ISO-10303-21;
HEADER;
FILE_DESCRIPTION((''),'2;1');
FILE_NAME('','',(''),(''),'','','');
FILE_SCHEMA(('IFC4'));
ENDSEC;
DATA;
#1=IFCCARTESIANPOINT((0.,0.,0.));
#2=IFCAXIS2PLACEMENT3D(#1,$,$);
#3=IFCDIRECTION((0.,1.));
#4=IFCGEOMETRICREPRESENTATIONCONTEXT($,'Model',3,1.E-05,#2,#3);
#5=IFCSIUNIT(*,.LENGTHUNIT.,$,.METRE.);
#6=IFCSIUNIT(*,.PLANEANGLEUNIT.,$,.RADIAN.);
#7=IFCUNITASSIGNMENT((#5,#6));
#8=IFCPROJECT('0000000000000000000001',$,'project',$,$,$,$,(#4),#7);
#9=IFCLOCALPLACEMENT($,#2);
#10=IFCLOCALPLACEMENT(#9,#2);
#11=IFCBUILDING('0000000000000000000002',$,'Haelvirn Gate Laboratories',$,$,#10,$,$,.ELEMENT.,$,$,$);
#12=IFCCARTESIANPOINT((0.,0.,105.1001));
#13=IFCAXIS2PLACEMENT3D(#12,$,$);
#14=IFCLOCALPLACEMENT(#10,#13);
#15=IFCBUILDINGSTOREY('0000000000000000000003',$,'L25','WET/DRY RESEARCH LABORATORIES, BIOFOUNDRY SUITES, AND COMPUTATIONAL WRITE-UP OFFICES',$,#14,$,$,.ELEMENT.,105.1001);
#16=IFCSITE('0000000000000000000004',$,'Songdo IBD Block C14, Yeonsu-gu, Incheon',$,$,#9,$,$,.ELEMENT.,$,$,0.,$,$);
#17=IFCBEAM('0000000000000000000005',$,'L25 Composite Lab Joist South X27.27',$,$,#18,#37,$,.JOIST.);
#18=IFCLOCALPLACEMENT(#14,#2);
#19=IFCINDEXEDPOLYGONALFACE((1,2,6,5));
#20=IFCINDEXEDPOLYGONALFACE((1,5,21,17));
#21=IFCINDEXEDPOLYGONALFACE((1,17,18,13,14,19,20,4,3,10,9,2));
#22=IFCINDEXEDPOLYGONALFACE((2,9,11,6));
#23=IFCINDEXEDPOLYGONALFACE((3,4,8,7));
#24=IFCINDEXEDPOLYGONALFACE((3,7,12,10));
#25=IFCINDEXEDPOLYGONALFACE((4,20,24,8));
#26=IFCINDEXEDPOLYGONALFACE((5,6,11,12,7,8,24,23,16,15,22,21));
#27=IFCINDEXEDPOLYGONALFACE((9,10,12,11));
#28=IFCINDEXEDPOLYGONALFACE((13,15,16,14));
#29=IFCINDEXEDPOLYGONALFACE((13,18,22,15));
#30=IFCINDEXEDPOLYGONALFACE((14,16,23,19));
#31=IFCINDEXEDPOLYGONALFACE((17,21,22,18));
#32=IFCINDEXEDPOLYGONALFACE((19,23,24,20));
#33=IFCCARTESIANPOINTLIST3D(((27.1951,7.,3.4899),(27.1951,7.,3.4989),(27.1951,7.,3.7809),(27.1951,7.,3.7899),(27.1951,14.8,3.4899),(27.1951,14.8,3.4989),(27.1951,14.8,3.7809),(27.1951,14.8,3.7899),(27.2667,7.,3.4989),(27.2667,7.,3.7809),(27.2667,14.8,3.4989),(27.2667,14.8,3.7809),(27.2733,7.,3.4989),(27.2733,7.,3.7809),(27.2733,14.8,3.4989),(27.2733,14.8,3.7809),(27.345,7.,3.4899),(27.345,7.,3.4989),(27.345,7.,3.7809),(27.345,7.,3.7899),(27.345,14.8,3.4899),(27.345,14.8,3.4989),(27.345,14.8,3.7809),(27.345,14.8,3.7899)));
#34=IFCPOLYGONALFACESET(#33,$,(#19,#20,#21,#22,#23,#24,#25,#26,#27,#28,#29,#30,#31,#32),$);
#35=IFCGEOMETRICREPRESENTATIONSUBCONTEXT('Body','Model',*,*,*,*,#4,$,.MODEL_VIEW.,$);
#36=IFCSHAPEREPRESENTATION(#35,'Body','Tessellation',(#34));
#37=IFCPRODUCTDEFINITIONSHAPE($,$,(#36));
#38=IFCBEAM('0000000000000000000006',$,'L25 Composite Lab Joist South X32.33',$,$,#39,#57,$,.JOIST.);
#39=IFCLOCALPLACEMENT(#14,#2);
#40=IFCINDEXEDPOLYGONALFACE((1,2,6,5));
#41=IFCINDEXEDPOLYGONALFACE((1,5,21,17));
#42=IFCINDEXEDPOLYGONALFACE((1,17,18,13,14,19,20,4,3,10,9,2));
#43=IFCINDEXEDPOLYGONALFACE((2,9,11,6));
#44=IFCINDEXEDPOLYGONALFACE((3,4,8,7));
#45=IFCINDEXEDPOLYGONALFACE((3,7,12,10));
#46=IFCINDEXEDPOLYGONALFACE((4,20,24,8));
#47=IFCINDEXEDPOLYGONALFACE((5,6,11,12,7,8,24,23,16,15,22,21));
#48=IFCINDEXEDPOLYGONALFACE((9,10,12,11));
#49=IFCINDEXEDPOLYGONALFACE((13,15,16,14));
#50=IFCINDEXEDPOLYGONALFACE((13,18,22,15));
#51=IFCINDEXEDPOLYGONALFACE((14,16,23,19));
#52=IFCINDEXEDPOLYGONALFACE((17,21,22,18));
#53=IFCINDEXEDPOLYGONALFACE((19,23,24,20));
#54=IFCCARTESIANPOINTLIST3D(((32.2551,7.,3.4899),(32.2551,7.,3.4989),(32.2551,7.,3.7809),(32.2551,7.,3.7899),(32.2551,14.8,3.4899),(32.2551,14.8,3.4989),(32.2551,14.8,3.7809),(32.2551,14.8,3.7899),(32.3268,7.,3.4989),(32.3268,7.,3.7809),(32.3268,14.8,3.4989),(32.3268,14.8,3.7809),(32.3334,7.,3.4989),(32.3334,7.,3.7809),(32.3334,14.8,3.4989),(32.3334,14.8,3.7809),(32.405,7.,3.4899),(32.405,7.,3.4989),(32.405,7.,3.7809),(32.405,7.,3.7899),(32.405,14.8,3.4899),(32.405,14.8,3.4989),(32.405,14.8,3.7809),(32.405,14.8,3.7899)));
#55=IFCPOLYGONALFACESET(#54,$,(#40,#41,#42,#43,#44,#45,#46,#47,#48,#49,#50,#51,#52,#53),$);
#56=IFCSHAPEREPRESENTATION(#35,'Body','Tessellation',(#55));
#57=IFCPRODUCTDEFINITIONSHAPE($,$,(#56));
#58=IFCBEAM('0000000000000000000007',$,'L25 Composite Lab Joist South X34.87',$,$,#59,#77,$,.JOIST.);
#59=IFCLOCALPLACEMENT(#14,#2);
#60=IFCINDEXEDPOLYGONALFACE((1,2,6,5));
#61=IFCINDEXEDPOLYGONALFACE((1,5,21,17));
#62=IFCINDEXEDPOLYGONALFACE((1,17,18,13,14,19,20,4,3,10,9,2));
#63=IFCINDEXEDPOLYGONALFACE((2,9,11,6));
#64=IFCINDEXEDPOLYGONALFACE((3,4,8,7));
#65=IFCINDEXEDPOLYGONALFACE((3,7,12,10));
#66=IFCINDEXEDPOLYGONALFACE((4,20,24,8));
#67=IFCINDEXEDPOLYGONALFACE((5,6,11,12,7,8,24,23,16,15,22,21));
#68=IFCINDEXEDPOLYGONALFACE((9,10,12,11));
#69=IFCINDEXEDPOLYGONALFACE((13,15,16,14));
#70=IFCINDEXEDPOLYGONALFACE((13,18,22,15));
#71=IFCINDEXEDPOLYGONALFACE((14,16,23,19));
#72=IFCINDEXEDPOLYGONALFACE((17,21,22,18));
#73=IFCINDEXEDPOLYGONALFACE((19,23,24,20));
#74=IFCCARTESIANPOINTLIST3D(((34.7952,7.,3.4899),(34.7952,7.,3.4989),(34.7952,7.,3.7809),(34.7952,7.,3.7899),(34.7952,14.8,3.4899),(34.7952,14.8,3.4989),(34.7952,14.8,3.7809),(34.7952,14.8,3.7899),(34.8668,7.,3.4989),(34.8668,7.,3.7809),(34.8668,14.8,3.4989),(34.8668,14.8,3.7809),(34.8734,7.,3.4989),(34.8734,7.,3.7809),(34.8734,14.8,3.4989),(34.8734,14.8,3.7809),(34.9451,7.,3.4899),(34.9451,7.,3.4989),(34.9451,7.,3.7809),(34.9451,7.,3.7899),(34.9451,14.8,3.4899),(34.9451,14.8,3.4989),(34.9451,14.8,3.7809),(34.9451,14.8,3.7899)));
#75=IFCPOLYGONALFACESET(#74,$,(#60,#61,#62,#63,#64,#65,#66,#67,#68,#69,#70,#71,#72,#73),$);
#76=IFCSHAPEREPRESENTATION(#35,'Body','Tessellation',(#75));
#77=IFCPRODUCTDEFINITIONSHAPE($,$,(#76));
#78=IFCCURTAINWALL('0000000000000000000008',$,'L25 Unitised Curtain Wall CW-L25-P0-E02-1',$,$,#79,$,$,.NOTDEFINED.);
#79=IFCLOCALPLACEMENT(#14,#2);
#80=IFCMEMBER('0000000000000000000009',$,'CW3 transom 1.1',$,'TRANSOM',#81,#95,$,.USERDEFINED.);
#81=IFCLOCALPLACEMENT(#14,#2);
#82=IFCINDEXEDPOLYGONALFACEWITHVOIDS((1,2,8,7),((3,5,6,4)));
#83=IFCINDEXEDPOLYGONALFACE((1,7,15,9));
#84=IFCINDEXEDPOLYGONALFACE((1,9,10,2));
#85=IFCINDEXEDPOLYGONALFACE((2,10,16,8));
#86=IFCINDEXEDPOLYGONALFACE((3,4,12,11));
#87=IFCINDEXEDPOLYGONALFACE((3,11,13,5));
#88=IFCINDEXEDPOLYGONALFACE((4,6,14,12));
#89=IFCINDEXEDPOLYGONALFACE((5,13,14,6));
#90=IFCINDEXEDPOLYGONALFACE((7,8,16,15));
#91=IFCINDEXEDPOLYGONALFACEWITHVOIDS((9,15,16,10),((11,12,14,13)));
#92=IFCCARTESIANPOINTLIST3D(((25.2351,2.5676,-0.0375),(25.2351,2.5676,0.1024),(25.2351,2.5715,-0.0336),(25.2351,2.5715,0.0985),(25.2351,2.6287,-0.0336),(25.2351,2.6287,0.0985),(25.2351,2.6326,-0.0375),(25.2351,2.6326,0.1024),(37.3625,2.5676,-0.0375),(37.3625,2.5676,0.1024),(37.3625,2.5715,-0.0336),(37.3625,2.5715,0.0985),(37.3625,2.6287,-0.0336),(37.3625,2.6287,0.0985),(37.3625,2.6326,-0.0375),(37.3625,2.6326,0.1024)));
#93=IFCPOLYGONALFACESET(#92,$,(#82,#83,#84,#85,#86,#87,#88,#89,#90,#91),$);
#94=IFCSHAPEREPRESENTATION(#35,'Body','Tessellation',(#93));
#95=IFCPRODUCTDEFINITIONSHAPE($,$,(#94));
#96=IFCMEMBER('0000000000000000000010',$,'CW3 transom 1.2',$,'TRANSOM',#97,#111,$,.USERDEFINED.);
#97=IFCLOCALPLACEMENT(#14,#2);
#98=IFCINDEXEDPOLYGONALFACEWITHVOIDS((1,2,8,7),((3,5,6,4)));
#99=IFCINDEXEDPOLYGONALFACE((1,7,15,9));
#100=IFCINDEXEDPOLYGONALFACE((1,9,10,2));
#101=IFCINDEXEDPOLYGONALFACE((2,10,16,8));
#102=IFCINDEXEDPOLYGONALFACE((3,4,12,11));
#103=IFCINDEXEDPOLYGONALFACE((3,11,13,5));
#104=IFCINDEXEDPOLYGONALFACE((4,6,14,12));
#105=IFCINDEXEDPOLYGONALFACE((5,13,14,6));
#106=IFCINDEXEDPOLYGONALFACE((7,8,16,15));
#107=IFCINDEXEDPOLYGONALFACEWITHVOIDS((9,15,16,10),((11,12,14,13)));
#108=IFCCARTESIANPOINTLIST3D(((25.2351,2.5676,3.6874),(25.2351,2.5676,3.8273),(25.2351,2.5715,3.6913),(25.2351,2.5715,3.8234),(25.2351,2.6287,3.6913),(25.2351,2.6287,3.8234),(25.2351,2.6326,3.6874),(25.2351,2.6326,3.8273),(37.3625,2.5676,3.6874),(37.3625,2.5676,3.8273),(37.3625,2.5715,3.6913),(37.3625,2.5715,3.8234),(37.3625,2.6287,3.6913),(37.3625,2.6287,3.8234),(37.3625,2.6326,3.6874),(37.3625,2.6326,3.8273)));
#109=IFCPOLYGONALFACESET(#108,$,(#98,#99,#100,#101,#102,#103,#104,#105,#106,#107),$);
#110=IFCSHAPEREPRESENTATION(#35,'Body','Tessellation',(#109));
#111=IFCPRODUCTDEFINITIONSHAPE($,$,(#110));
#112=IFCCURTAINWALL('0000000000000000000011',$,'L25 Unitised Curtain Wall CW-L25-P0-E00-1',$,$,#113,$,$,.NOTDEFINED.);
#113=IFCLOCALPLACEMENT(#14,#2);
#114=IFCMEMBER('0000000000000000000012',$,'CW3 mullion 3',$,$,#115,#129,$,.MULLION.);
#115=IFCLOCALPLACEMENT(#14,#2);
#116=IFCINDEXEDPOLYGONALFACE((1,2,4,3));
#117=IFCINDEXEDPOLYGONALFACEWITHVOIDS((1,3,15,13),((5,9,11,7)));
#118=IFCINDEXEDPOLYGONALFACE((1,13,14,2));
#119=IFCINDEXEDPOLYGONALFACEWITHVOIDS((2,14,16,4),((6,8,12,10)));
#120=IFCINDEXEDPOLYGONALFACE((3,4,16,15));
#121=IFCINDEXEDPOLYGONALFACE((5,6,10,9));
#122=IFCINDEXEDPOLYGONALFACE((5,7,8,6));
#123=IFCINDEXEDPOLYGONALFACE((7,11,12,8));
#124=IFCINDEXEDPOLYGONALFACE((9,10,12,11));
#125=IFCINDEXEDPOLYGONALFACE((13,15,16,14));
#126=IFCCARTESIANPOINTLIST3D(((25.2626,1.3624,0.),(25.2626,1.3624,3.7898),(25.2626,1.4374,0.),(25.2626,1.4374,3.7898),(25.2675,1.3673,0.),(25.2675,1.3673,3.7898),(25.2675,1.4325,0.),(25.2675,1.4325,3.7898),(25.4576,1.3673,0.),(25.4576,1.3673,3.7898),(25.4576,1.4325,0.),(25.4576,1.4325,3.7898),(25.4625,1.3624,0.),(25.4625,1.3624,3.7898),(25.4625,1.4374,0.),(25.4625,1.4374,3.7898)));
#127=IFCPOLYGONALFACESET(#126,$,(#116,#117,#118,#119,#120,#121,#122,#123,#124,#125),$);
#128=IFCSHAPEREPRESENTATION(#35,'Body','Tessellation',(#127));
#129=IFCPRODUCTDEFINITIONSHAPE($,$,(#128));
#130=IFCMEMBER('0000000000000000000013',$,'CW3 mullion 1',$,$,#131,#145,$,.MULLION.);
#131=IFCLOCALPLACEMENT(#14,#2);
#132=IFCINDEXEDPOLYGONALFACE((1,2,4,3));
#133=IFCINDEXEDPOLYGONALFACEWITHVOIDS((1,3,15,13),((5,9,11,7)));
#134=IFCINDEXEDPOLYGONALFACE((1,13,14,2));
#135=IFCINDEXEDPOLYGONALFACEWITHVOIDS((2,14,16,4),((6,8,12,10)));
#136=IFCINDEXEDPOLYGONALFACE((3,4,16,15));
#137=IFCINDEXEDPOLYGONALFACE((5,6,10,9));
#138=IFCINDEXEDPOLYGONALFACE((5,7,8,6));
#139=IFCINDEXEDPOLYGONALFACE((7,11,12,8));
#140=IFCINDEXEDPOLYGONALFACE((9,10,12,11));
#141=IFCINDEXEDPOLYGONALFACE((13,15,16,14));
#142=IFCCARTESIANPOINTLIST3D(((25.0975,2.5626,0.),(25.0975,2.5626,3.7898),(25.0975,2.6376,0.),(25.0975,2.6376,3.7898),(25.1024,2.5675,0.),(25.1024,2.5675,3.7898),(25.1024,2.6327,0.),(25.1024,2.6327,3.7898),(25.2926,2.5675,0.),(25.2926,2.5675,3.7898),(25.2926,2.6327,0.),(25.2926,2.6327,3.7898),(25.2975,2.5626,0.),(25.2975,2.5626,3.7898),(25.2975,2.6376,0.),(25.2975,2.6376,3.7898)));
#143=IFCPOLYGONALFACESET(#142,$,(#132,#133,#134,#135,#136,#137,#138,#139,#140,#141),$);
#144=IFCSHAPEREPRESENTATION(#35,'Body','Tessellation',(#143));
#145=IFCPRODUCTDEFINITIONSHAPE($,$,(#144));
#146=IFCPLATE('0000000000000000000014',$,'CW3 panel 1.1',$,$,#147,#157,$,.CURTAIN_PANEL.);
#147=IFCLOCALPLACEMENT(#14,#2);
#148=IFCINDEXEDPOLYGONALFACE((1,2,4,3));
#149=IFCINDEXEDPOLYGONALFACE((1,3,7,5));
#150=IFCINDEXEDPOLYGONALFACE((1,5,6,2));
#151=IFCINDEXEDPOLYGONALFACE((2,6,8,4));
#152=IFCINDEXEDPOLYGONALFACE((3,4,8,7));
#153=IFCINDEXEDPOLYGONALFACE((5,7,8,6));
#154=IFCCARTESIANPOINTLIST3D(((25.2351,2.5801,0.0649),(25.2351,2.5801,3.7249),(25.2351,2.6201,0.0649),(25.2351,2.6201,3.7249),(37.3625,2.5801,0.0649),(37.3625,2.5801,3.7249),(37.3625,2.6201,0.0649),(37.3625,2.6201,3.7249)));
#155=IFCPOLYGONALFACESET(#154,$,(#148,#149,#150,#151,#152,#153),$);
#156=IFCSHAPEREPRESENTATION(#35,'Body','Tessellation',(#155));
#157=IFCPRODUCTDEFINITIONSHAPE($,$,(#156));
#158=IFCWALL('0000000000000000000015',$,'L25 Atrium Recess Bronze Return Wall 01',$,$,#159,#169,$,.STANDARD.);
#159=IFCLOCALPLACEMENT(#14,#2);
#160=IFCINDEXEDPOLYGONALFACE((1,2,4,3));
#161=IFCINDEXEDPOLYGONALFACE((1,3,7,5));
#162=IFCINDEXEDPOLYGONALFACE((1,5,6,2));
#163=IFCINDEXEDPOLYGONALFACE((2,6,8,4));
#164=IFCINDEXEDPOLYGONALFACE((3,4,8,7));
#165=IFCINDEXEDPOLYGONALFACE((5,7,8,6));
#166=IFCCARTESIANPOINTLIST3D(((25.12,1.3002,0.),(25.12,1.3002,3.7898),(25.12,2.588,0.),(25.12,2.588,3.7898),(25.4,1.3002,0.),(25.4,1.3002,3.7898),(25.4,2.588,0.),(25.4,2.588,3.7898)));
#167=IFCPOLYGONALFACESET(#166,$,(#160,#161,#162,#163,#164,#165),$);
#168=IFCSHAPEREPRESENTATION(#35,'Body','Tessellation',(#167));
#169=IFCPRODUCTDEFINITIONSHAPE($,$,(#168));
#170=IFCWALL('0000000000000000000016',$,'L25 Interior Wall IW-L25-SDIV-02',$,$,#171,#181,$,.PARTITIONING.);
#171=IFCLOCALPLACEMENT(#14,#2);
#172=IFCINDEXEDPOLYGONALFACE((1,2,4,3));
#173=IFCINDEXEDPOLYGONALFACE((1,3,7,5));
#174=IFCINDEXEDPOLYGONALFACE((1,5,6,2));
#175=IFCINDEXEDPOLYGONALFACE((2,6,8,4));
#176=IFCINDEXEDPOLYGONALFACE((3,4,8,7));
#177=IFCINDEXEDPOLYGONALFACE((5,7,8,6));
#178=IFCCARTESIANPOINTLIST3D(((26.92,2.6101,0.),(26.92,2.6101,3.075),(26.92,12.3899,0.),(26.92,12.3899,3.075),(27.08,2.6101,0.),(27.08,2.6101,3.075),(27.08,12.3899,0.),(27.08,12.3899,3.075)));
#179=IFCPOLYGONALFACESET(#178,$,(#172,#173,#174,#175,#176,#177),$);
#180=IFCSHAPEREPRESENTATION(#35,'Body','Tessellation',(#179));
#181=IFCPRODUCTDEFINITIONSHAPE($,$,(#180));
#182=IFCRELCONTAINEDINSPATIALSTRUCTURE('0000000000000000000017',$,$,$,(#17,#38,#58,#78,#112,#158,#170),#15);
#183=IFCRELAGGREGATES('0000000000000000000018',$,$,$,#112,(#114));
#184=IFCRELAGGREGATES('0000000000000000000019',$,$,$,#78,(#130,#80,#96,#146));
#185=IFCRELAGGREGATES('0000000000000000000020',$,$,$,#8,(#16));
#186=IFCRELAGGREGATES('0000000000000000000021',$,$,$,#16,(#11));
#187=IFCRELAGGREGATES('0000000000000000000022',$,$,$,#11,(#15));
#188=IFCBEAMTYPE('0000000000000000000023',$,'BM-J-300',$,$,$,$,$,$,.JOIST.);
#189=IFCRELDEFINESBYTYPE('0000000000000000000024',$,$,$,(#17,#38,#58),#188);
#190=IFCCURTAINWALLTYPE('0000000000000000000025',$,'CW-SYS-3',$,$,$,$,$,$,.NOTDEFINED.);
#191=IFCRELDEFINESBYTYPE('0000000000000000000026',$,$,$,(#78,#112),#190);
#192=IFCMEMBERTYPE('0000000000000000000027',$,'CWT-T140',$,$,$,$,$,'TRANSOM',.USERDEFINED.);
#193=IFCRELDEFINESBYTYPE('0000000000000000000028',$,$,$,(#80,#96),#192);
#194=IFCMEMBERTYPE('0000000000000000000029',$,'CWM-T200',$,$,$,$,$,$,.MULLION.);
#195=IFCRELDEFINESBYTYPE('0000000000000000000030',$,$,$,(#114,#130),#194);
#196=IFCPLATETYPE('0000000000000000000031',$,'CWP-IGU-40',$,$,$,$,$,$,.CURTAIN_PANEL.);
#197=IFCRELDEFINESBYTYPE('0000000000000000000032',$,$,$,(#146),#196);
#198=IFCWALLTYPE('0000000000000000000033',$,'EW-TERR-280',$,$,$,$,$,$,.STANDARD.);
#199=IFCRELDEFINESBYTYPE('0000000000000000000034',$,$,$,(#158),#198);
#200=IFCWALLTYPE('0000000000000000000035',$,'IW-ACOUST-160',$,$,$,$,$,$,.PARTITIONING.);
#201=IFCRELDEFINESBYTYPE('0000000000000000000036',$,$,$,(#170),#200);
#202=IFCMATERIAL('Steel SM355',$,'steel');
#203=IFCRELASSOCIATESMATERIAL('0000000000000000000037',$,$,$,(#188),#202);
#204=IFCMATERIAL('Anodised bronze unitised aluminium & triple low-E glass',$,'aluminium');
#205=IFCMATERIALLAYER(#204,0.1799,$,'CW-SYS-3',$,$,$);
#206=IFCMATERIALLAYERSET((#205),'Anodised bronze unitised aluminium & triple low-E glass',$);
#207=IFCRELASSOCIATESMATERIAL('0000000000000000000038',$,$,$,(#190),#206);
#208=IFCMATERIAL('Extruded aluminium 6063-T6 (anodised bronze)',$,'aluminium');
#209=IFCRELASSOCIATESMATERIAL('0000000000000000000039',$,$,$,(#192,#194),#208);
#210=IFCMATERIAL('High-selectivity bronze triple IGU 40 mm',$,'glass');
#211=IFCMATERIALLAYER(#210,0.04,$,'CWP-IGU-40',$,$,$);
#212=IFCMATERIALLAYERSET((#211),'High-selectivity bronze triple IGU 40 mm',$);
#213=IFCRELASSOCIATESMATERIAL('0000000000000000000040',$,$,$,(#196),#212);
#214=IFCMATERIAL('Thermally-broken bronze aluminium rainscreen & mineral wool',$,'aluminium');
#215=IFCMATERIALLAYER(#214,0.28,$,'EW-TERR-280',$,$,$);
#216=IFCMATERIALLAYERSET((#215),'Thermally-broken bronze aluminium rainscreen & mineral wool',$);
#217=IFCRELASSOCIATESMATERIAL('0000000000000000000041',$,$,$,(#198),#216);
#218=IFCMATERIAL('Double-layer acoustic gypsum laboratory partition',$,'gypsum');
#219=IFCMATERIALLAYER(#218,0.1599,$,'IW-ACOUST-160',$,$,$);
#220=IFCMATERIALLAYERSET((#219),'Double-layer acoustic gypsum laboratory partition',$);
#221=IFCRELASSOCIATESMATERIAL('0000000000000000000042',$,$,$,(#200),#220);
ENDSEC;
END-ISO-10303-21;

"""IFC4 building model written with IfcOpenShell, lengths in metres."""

from ifc_helpers import new_model, si_unit, direction, frame, frame_2d, origin, origin_2d, place, context, subcontext, project, spatial, rectangle, hollow_rectangle, i_section, extrude, source, transform, mapped, material, layer, layer_set, material_profile, profile_set, type_object, type_shapes, element, aggregate, save


model = new_model("IFC4")

# Units and contexts
model_context = context("Model", 3, precision=1e-05, world=origin(), true_north=direction((0.0, 1.0)))
body_context = subcontext(model_context, "Body", "Model", "MODEL_VIEW")
ifc_project = project(units=[si_unit("LENGTHUNIT", "METRE"), si_unit("PLANEANGLEUNIT", "RADIAN")], contexts=[model_context])

# Site, building, storey
site_placement = place(None, origin())
site = spatial("IfcSite", under=ifc_project, at=site_placement, Name="Songdo IBD Block C14, Yeonsu-gu, Incheon", CompositionType="ELEMENT", RefElevation=0.0)
building_placement = place(site_placement, origin())
building = spatial("IfcBuilding", under=site, at=building_placement, Name="Haelvirn Gate Laboratories", CompositionType="ELEMENT")
storey_placement = place(building_placement, frame((0.0, 0.0, 105.1001)))
storey = spatial("IfcBuildingStorey", under=building, at=storey_placement, Name="L25", Description="WET/DRY RESEARCH LABORATORIES, BIOFOUNDRY SUITES, AND COMPUTATIONAL WRITE-UP OFFICES", CompositionType="ELEMENT", Elevation=105.1001)

# Shared definitions
ifc_material_1 = material(Name="Steel SM355", Category="steel")

# Beams
ifc_material_profile_1 = material_profile(ifc_material_1, i_section(OverallWidth=0.1499, OverallDepth=0.3, WebThickness=0.0066, FlangeThickness=0.009, at=origin_2d()), Name="H-300x150x6.5x9")
ifc_profile_set_1 = profile_set([ifc_material_profile_1], Name="Steel SM355")
beam_type_1 = type_object("IfcBeamType", Name="BM-J-300", PredefinedType="JOIST", material=ifc_profile_set_1)
shared_shape_1 = source(origin(), body_context, "Body", "SweptSolid", [
    extrude(i_section(OverallWidth=0.1499, OverallDepth=0.3, WebThickness=0.0066, FlangeThickness=0.009, at=origin_2d()), origin(), (0.0, 0.0, 1.0), 7.8),
])
type_shapes(beam_type_1, [shared_shape_1])
for number, where, z_axis, x_axis, name in (
    (1, (27.27, 7.0, 3.6399), (0.0, 1.0, 0.0), (-1.0, 0.0, 0.0), "L25 Composite Lab Joist South X27.27"),
    (2, (32.3301, 7.0, 3.6399), (0.0, 1.0, 0.0), (-1.0, 0.0, 0.0), "L25 Composite Lab Joist South X32.33"),
    (3, (34.8701, 7.0, 3.6399), (0.0, 1.0, 0.0), (-1.0, 0.0, 0.0), "L25 Composite Lab Joist South X34.87"),
):
    element("IfcBeam", number, at=place(storey_placement, frame(where, z_axis=z_axis, x_axis=x_axis)), inside=storey, type_object=beam_type_1, Name=name, PredefinedType="JOIST", context=body_context, shape_type="MappedRepresentation", body=[
        mapped(shared_shape_1, transform((0.0, 0.0, 0.0), scale=1.0)),
    ])

# Curtain wall, members
ifc_material_2 = material(Name="Anodised bronze unitised aluminium & triple low-E glass", Category="aluminium")
ifc_layer_1 = layer(ifc_material_2, 0.1799, Name="CW-SYS-3")
ifc_layer_set_1 = layer_set([ifc_layer_1], Name="Anodised bronze unitised aluminium & triple low-E glass")
curtain_wall_type = type_object("IfcCurtainWallType", Name="CW-SYS-3", PredefinedType="NOTDEFINED", material=ifc_layer_set_1)
curtain_wall_1_placement = place(storey_placement, origin())
curtain_wall_1 = element("IfcCurtainWall", 4, at=curtain_wall_1_placement, inside=storey, type_object=curtain_wall_type, Name="L25 Unitised Curtain Wall CW-L25-P0-E02-1", PredefinedType="NOTDEFINED")
ifc_material_3 = material(Name="Extruded aluminium 6063-T6 (anodised bronze)", Category="aluminium")
ifc_material_profile_2 = material_profile(ifc_material_3, hollow_rectangle(XDim=0.0649, YDim=0.1399, WallThickness=0.0039, at=origin_2d()), Name="CWT-140x65x4")
ifc_profile_set_2 = profile_set([ifc_material_profile_2], Name="Extruded aluminium 6063-T6 (anodised bronze)")
member_type_1 = type_object("IfcMemberType", Name="CWT-T140", ElementType="TRANSOM", PredefinedType="USERDEFINED", material=ifc_profile_set_2)
shared_shape_2 = source(origin(), body_context, "Body", "SweptSolid", [
    extrude(hollow_rectangle(XDim=0.0649, YDim=0.1399, WallThickness=0.0039, at=origin_2d()), origin(), (0.0, 0.0, 1.0), 12.1274),
])
type_shapes(member_type_1, [shared_shape_2])
member_1_placement = place(storey_placement, frame((25.2351, 2.6001, 0.0325), z_axis=(1.0, 0.0, 0.0), x_axis=(0.0, 1.0, 0.0)))
member_1 = element("IfcMember", 5, at=member_1_placement, type_object=member_type_1, Name="CW3 transom 1.1", ObjectType="TRANSOM", PredefinedType="USERDEFINED", context=body_context, shape_type="MappedRepresentation", body=[
    mapped(shared_shape_2, transform((0.0, 0.0, 0.0), scale=1.0)),
])
member_2_placement = place(storey_placement, frame((25.2351, 2.6001, 3.7573), z_axis=(1.0, 0.0, 0.0), x_axis=(0.0, 1.0, 0.0)))
member_2 = element("IfcMember", 6, at=member_2_placement, type_object=member_type_1, Name="CW3 transom 1.2", ObjectType="TRANSOM", PredefinedType="USERDEFINED", context=body_context, shape_type="MappedRepresentation", body=[
    mapped(shared_shape_2, transform((0.0, 0.0, 0.0), scale=1.0)),
])

# Curtain wall, member
curtain_wall_2_placement = place(storey_placement, origin())
curtain_wall_2 = element("IfcCurtainWall", 7, at=curtain_wall_2_placement, inside=storey, type_object=curtain_wall_type, Name="L25 Unitised Curtain Wall CW-L25-P0-E00-1", PredefinedType="NOTDEFINED")
ifc_material_profile_3 = material_profile(ifc_material_3, hollow_rectangle(XDim=0.075, YDim=0.2, WallThickness=0.0049, at=origin_2d()), Name="CWM-200x75x5")
ifc_profile_set_3 = profile_set([ifc_material_profile_3], Name="Extruded aluminium 6063-T6 (anodised bronze)")
member_type_2 = type_object("IfcMemberType", Name="CWM-T200", PredefinedType="MULLION", material=ifc_profile_set_3)
shared_shape_3 = source(origin(), body_context, "Body", "SweptSolid", [
    extrude(hollow_rectangle(XDim=0.075, YDim=0.2, WallThickness=0.0049, at=origin_2d()), origin(), (0.0, 0.0, 1.0), 3.7898),
])
type_shapes(member_type_2, [shared_shape_3])
member_3_placement = place(storey_placement, frame((25.3625, 1.3999, 0.0), z_axis=(0.0, 0.0, 1.0), x_axis=(0.0, 1.0, 0.0)))
member_3 = element("IfcMember", 8, at=member_3_placement, type_object=member_type_2, Name="CW3 mullion 3", PredefinedType="MULLION", context=body_context, shape_type="MappedRepresentation", body=[
    mapped(shared_shape_3, transform((0.0, 0.0, 0.0), scale=1.0)),
])
aggregate(curtain_wall_2, [member_3])

# Member
member_4_placement = place(storey_placement, frame((25.1975, 2.6001, 0.0), z_axis=(0.0, 0.0, 1.0), x_axis=(0.0, 1.0, 0.0)))
member_4 = element("IfcMember", 9, at=member_4_placement, type_object=member_type_2, Name="CW3 mullion 1", PredefinedType="MULLION", context=body_context, shape_type="MappedRepresentation", body=[
    mapped(shared_shape_3, transform((0.0, 0.0, 0.0), scale=1.0)),
])

# Plate
ifc_material_4 = material(Name="High-selectivity bronze triple IGU 40 mm", Category="glass")
ifc_layer_2 = layer(ifc_material_4, 0.04, Name="CWP-IGU-40")
ifc_layer_set_2 = layer_set([ifc_layer_2], Name="High-selectivity bronze triple IGU 40 mm")
plate_type = type_object("IfcPlateType", Name="CWP-IGU-40", PredefinedType="CURTAIN_PANEL", material=ifc_layer_set_2)
shared_shape_4 = source(origin(), body_context, "Body", "SweptSolid", [
    extrude(rectangle(XDim=12.1274, YDim=0.04, at=origin_2d()), origin(), (0.0, 0.0, 1.0), 3.6599),
])
type_shapes(plate_type, [shared_shape_4])
plate_placement = place(storey_placement, frame((31.2988, 2.6001, 0.0649), z_axis=(0.0, 0.0, 1.0), x_axis=(1.0, 0.0, 0.0)))
plate = element("IfcPlate", 10, at=plate_placement, type_object=plate_type, Name="CW3 panel 1.1", PredefinedType="CURTAIN_PANEL", context=body_context, shape_type="MappedRepresentation", body=[
    mapped(shared_shape_4, transform((0.0, 0.0, 0.0), scale=1.0)),
])
aggregate(curtain_wall_1, [member_4, member_1, member_2, plate])

# Walls
ifc_material_5 = material(Name="Thermally-broken bronze aluminium rainscreen & mineral wool", Category="aluminium")
ifc_layer_3 = layer(ifc_material_5, 0.28, Name="EW-TERR-280")
ifc_layer_set_3 = layer_set([ifc_layer_3], Name="Thermally-broken bronze aluminium rainscreen & mineral wool")
wall_type_1 = type_object("IfcWallType", Name="EW-TERR-280", PredefinedType="STANDARD", material=ifc_layer_set_3)
wall_1_placement = place(storey_placement, frame((25.26, 1.3, 0.0), z_axis=(0.0, 0.0, 1.0), x_axis=(0.0, 1.0, 0.0)))
element("IfcWall", 11, at=wall_1_placement, inside=storey, type_object=wall_type_1, Name="L25 Atrium Recess Bronze Return Wall 01", PredefinedType="STANDARD", context=body_context, shape_type="SweptSolid", body=[
    extrude(rectangle(XDim=1.2878, YDim=0.28, at=frame_2d((0.644, 0.0))), origin(), (0.0, 0.0, 1.0), 3.7898),
])
ifc_material_6 = material(Name="Double-layer acoustic gypsum laboratory partition", Category="gypsum")
ifc_layer_4 = layer(ifc_material_6, 0.1599, Name="IW-ACOUST-160")
ifc_layer_set_4 = layer_set([ifc_layer_4], Name="Double-layer acoustic gypsum laboratory partition")
wall_type_2 = type_object("IfcWallType", Name="IW-ACOUST-160", PredefinedType="PARTITIONING", material=ifc_layer_set_4)
wall_2_placement = place(storey_placement, frame((27.0, 2.6101, 0.0), z_axis=(0.0, 0.0, 1.0), x_axis=(0.0, 1.0, 0.0)))
element("IfcWall", 12, at=wall_2_placement, inside=storey, type_object=wall_type_2, Name="L25 Interior Wall IW-L25-SDIV-02", PredefinedType="PARTITIONING", context=body_context, shape_type="SweptSolid", body=[
    extrude(rectangle(XDim=9.7798, YDim=0.1599, at=frame_2d((4.8899, 0.0))), origin(), (0.0, 0.0, 1.0), 3.075),
])

save(model, "model.ifc")
